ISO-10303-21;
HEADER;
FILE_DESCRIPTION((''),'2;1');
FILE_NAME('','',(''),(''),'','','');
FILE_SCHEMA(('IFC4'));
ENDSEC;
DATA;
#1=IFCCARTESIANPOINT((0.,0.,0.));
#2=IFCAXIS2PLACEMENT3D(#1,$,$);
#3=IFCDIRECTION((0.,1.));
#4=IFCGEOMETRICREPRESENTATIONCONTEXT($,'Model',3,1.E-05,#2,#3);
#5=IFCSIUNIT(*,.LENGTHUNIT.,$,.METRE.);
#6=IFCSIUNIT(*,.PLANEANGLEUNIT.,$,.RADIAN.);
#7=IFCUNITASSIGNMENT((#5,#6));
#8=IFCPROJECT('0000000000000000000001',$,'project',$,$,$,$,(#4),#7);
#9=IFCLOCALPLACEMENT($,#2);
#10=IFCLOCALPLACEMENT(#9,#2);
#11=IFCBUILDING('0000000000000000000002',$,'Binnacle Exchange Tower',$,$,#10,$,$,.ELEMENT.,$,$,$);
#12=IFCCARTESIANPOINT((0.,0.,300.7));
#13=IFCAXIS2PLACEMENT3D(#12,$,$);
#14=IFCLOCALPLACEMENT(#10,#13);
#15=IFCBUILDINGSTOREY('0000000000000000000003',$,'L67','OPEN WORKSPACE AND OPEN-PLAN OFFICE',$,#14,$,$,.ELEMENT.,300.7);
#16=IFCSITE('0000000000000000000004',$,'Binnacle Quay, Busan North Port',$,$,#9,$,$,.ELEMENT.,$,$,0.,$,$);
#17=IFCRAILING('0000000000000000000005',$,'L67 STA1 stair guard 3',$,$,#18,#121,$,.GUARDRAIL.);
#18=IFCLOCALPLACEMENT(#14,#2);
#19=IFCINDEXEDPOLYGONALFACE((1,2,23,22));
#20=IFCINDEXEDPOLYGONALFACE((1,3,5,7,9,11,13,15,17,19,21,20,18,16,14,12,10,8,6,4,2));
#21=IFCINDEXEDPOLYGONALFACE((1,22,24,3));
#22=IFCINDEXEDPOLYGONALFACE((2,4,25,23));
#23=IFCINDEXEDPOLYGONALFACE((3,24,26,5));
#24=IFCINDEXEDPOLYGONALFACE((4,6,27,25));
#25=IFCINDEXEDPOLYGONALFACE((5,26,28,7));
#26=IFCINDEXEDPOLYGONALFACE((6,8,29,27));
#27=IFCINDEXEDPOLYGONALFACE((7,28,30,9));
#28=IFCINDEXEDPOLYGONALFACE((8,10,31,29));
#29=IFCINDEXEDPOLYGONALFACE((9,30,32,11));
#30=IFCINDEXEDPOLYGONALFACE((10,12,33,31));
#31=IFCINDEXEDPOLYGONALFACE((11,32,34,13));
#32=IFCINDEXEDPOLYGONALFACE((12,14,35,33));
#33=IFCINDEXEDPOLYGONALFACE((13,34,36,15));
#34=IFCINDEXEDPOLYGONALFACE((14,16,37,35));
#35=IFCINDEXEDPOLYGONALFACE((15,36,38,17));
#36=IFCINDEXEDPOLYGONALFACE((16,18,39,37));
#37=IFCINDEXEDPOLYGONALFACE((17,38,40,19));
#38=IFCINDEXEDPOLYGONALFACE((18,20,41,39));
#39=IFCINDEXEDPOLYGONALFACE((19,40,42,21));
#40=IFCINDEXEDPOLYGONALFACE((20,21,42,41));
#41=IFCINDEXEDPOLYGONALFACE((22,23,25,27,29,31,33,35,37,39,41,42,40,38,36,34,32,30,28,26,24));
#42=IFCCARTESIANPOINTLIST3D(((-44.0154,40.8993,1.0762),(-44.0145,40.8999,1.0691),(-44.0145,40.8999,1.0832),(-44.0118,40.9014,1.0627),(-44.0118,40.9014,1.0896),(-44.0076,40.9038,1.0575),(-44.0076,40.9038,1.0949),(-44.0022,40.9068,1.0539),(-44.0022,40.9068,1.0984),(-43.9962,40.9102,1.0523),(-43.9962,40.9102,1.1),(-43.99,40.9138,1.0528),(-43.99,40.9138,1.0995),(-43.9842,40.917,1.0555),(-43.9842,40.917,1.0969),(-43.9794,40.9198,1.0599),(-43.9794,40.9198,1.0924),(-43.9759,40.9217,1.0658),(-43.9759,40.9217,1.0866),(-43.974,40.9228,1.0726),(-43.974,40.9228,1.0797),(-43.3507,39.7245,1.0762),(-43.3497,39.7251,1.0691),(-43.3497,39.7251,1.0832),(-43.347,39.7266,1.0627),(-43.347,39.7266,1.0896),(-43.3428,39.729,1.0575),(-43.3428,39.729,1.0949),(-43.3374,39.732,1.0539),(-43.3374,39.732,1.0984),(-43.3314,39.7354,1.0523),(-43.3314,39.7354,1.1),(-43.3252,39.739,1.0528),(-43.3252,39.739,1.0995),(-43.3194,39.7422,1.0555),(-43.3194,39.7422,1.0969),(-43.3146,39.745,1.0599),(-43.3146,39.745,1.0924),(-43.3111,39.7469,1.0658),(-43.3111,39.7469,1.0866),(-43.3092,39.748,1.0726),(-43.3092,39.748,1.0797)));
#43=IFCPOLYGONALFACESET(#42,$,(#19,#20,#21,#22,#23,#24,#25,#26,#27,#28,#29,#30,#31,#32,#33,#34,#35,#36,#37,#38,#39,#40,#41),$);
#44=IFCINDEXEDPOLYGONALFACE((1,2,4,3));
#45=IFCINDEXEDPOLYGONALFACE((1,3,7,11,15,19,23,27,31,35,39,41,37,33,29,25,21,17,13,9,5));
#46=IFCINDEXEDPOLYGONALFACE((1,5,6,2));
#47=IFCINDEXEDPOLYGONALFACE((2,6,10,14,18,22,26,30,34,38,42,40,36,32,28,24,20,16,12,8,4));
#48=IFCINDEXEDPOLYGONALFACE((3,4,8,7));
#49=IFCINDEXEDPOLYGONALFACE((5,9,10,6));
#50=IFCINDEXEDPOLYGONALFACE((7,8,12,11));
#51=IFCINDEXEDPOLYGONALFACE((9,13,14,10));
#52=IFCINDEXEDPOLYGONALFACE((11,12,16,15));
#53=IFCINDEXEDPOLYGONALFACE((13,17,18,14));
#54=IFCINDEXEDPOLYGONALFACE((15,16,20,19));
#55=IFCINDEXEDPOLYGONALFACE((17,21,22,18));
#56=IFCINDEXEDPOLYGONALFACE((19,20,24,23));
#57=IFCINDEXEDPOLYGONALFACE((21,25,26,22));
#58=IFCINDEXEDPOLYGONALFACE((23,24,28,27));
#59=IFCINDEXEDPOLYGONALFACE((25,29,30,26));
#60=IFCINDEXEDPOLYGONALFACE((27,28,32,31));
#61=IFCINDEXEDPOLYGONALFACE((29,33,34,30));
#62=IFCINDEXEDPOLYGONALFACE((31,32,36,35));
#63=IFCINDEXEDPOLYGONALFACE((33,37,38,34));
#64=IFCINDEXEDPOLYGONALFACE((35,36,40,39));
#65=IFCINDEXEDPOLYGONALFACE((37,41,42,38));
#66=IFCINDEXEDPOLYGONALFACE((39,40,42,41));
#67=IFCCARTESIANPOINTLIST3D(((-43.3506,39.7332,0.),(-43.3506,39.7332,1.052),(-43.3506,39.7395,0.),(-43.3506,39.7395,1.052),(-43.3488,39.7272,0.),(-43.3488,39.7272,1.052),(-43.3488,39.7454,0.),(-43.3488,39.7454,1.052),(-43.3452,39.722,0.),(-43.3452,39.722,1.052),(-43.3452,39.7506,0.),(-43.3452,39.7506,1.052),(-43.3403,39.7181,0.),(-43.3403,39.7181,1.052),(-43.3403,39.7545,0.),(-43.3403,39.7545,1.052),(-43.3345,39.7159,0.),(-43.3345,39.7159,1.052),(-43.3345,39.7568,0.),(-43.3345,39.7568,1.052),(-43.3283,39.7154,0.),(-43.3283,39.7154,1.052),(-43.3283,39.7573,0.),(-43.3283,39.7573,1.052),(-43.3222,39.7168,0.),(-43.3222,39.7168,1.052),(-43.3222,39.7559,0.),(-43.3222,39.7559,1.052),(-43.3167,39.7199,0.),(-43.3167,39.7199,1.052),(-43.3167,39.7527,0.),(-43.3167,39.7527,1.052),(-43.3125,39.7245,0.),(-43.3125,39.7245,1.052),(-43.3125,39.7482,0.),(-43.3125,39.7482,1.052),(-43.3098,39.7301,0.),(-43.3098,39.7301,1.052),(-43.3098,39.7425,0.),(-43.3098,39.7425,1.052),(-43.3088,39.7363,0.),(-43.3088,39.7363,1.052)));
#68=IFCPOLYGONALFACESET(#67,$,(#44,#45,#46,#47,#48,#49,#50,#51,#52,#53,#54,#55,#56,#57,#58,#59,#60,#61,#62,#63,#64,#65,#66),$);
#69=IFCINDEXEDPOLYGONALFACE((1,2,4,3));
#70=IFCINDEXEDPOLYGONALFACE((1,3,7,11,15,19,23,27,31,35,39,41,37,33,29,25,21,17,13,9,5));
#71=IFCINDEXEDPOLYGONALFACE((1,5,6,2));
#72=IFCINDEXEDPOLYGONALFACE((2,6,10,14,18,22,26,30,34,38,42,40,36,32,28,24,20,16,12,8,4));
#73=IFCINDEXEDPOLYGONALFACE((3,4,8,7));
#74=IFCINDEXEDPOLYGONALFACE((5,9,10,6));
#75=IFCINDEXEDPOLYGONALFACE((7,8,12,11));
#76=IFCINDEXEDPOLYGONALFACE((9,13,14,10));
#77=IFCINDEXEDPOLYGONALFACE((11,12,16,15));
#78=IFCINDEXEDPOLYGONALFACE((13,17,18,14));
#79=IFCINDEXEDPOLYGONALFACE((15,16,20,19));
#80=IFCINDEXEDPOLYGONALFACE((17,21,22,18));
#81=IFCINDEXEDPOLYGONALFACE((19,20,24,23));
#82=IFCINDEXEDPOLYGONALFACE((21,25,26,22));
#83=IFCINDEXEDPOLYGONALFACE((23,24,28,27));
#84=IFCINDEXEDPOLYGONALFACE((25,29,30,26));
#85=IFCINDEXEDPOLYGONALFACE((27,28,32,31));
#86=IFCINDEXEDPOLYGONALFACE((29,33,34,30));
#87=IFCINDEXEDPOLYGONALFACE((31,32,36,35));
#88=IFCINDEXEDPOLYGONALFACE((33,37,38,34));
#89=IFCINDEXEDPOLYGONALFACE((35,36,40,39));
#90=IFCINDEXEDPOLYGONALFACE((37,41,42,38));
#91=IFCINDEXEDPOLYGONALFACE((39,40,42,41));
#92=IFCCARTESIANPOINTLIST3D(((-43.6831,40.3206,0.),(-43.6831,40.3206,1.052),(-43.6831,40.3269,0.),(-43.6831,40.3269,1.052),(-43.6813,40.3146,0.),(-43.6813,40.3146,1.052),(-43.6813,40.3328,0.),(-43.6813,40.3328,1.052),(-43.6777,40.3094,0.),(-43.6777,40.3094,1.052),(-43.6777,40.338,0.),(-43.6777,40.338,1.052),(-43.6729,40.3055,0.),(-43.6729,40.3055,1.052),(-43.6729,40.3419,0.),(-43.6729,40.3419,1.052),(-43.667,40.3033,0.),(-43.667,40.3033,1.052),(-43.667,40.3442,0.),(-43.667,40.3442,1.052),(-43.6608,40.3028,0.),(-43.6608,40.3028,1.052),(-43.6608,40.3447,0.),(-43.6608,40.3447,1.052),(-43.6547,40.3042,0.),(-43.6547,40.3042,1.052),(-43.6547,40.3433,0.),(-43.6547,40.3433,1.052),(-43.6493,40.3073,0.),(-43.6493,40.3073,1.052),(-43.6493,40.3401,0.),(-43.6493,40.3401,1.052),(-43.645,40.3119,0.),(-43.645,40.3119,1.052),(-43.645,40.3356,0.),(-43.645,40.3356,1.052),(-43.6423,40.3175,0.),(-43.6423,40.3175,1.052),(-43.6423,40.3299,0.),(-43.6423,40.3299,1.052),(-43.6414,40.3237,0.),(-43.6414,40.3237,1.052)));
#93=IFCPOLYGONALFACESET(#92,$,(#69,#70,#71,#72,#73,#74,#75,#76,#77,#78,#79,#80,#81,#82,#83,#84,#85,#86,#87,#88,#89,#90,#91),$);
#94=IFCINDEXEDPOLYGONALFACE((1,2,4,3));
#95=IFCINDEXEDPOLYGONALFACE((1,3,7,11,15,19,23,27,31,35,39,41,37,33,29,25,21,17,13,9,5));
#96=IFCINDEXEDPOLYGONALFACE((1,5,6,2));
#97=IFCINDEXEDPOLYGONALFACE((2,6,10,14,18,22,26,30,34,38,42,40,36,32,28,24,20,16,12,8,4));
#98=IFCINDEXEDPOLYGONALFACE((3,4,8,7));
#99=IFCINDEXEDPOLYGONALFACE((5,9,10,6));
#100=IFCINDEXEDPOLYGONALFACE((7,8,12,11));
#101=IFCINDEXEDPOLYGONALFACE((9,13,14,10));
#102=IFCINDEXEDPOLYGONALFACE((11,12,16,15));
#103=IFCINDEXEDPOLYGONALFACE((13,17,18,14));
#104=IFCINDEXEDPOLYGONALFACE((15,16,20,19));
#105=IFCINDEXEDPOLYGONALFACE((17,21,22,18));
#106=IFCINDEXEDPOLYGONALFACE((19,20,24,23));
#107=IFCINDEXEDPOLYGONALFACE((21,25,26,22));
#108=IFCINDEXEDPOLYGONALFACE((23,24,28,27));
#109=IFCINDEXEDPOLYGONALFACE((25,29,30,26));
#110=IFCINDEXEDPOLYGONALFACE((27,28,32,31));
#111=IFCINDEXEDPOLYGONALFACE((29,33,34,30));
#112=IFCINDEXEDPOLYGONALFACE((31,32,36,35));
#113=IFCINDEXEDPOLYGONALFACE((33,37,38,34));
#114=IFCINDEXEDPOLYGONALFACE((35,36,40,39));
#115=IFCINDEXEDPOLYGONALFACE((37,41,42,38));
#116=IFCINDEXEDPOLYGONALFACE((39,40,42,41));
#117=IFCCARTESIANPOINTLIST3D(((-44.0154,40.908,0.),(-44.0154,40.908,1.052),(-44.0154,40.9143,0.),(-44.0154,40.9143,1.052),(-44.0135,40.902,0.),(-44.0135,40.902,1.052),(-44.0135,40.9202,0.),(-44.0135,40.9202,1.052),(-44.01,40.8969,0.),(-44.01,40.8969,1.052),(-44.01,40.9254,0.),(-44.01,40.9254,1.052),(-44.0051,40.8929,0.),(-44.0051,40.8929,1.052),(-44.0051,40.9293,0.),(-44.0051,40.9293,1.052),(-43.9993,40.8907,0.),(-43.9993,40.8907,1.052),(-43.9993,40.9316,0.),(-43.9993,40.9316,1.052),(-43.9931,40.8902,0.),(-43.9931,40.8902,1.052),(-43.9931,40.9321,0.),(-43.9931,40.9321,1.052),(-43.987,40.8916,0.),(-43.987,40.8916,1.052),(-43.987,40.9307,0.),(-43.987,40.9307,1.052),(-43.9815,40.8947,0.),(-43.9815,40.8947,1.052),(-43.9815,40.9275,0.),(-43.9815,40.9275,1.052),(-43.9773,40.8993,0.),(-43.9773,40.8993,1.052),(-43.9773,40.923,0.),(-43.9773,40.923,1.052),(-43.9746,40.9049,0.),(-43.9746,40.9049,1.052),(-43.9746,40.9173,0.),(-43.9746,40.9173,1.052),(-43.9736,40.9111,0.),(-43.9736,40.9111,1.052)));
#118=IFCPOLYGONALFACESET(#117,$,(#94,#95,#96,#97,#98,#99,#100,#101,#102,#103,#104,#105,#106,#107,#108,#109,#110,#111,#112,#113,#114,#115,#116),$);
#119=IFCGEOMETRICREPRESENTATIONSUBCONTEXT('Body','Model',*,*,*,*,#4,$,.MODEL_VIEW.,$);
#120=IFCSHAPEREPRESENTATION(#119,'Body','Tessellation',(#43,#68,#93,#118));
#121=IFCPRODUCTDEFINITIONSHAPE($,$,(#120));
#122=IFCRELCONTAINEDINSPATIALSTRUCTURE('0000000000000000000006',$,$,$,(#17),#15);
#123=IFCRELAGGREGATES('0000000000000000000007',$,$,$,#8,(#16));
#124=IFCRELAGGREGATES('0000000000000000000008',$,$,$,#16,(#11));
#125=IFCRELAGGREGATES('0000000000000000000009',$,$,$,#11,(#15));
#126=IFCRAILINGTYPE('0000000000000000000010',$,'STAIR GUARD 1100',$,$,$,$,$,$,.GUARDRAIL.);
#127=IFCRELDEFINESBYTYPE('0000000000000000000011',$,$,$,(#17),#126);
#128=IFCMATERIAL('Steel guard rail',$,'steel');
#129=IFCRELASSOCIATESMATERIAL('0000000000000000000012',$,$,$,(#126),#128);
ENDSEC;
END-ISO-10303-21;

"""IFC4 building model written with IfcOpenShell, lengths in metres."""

from ifc_helpers import new_model, si_unit, direction, frame, origin, origin_2d, place, context, subcontext, project, spatial, circle, extrude, material, type_object, element, save


model = new_model("IFC4")

# Units and contexts
model_context = context("Model", 3, precision=1e-05, world=origin(), true_north=direction((0.0, 1.0)))
body_context = subcontext(model_context, "Body", "Model", "MODEL_VIEW")
ifc_project = project(units=[si_unit("LENGTHUNIT", "METRE"), si_unit("PLANEANGLEUNIT", "RADIAN")], contexts=[model_context])

# Site, building, storey
site_placement = place(None, origin())
site = spatial("IfcSite", under=ifc_project, at=site_placement, Name="Binnacle Quay, Busan North Port", CompositionType="ELEMENT", RefElevation=0.0)
building_placement = place(site_placement, origin())
building = spatial("IfcBuilding", under=site, at=building_placement, Name="Binnacle Exchange Tower", CompositionType="ELEMENT")
storey_placement = place(building_placement, frame((0.0, 0.0, 300.7)))
storey = spatial("IfcBuildingStorey", under=building, at=storey_placement, Name="L67", Description="OPEN WORKSPACE AND OPEN-PLAN OFFICE", CompositionType="ELEMENT", Elevation=300.7)

# Railing
ifc_material_1 = material(Name="Steel guard rail", Category="steel")
railing_type = type_object("IfcRailingType", Name="STAIR GUARD 1100", PredefinedType="GUARDRAIL", material=ifc_material_1)
railing_1_placement = place(storey_placement, frame((-43.3298, 39.7363, 0.0)))
element("IfcRailing", 1, at=railing_1_placement, inside=storey, type_object=railing_type, Name="L67 STA1 stair guard 3", PredefinedType="GUARDRAIL", context=body_context, shape_type="SweptSolid", body=[
    extrude(circle(Radius=0.0239, at=origin_2d()), frame((0.0, 0.0, 1.0762), z_axis=(-0.492492, 0.870317, 0.0), x_axis=(-0.870317, -0.492492, 0.0)), (0.0, 0.0, 1.0), 1.3499),
    extrude(circle(Radius=0.021, at=origin_2d()), origin(), (0.0, 0.0, 1.0), 1.052),
    extrude(circle(Radius=0.021, at=origin_2d()), frame((-0.3325, 0.5874, 0.0)), (0.0, 0.0, 1.0), 1.052),
    extrude(circle(Radius=0.021, at=origin_2d()), frame((-0.6648, 1.1748, 0.0)), (0.0, 0.0, 1.0), 1.052),
])

save(model, "model.ifc")
